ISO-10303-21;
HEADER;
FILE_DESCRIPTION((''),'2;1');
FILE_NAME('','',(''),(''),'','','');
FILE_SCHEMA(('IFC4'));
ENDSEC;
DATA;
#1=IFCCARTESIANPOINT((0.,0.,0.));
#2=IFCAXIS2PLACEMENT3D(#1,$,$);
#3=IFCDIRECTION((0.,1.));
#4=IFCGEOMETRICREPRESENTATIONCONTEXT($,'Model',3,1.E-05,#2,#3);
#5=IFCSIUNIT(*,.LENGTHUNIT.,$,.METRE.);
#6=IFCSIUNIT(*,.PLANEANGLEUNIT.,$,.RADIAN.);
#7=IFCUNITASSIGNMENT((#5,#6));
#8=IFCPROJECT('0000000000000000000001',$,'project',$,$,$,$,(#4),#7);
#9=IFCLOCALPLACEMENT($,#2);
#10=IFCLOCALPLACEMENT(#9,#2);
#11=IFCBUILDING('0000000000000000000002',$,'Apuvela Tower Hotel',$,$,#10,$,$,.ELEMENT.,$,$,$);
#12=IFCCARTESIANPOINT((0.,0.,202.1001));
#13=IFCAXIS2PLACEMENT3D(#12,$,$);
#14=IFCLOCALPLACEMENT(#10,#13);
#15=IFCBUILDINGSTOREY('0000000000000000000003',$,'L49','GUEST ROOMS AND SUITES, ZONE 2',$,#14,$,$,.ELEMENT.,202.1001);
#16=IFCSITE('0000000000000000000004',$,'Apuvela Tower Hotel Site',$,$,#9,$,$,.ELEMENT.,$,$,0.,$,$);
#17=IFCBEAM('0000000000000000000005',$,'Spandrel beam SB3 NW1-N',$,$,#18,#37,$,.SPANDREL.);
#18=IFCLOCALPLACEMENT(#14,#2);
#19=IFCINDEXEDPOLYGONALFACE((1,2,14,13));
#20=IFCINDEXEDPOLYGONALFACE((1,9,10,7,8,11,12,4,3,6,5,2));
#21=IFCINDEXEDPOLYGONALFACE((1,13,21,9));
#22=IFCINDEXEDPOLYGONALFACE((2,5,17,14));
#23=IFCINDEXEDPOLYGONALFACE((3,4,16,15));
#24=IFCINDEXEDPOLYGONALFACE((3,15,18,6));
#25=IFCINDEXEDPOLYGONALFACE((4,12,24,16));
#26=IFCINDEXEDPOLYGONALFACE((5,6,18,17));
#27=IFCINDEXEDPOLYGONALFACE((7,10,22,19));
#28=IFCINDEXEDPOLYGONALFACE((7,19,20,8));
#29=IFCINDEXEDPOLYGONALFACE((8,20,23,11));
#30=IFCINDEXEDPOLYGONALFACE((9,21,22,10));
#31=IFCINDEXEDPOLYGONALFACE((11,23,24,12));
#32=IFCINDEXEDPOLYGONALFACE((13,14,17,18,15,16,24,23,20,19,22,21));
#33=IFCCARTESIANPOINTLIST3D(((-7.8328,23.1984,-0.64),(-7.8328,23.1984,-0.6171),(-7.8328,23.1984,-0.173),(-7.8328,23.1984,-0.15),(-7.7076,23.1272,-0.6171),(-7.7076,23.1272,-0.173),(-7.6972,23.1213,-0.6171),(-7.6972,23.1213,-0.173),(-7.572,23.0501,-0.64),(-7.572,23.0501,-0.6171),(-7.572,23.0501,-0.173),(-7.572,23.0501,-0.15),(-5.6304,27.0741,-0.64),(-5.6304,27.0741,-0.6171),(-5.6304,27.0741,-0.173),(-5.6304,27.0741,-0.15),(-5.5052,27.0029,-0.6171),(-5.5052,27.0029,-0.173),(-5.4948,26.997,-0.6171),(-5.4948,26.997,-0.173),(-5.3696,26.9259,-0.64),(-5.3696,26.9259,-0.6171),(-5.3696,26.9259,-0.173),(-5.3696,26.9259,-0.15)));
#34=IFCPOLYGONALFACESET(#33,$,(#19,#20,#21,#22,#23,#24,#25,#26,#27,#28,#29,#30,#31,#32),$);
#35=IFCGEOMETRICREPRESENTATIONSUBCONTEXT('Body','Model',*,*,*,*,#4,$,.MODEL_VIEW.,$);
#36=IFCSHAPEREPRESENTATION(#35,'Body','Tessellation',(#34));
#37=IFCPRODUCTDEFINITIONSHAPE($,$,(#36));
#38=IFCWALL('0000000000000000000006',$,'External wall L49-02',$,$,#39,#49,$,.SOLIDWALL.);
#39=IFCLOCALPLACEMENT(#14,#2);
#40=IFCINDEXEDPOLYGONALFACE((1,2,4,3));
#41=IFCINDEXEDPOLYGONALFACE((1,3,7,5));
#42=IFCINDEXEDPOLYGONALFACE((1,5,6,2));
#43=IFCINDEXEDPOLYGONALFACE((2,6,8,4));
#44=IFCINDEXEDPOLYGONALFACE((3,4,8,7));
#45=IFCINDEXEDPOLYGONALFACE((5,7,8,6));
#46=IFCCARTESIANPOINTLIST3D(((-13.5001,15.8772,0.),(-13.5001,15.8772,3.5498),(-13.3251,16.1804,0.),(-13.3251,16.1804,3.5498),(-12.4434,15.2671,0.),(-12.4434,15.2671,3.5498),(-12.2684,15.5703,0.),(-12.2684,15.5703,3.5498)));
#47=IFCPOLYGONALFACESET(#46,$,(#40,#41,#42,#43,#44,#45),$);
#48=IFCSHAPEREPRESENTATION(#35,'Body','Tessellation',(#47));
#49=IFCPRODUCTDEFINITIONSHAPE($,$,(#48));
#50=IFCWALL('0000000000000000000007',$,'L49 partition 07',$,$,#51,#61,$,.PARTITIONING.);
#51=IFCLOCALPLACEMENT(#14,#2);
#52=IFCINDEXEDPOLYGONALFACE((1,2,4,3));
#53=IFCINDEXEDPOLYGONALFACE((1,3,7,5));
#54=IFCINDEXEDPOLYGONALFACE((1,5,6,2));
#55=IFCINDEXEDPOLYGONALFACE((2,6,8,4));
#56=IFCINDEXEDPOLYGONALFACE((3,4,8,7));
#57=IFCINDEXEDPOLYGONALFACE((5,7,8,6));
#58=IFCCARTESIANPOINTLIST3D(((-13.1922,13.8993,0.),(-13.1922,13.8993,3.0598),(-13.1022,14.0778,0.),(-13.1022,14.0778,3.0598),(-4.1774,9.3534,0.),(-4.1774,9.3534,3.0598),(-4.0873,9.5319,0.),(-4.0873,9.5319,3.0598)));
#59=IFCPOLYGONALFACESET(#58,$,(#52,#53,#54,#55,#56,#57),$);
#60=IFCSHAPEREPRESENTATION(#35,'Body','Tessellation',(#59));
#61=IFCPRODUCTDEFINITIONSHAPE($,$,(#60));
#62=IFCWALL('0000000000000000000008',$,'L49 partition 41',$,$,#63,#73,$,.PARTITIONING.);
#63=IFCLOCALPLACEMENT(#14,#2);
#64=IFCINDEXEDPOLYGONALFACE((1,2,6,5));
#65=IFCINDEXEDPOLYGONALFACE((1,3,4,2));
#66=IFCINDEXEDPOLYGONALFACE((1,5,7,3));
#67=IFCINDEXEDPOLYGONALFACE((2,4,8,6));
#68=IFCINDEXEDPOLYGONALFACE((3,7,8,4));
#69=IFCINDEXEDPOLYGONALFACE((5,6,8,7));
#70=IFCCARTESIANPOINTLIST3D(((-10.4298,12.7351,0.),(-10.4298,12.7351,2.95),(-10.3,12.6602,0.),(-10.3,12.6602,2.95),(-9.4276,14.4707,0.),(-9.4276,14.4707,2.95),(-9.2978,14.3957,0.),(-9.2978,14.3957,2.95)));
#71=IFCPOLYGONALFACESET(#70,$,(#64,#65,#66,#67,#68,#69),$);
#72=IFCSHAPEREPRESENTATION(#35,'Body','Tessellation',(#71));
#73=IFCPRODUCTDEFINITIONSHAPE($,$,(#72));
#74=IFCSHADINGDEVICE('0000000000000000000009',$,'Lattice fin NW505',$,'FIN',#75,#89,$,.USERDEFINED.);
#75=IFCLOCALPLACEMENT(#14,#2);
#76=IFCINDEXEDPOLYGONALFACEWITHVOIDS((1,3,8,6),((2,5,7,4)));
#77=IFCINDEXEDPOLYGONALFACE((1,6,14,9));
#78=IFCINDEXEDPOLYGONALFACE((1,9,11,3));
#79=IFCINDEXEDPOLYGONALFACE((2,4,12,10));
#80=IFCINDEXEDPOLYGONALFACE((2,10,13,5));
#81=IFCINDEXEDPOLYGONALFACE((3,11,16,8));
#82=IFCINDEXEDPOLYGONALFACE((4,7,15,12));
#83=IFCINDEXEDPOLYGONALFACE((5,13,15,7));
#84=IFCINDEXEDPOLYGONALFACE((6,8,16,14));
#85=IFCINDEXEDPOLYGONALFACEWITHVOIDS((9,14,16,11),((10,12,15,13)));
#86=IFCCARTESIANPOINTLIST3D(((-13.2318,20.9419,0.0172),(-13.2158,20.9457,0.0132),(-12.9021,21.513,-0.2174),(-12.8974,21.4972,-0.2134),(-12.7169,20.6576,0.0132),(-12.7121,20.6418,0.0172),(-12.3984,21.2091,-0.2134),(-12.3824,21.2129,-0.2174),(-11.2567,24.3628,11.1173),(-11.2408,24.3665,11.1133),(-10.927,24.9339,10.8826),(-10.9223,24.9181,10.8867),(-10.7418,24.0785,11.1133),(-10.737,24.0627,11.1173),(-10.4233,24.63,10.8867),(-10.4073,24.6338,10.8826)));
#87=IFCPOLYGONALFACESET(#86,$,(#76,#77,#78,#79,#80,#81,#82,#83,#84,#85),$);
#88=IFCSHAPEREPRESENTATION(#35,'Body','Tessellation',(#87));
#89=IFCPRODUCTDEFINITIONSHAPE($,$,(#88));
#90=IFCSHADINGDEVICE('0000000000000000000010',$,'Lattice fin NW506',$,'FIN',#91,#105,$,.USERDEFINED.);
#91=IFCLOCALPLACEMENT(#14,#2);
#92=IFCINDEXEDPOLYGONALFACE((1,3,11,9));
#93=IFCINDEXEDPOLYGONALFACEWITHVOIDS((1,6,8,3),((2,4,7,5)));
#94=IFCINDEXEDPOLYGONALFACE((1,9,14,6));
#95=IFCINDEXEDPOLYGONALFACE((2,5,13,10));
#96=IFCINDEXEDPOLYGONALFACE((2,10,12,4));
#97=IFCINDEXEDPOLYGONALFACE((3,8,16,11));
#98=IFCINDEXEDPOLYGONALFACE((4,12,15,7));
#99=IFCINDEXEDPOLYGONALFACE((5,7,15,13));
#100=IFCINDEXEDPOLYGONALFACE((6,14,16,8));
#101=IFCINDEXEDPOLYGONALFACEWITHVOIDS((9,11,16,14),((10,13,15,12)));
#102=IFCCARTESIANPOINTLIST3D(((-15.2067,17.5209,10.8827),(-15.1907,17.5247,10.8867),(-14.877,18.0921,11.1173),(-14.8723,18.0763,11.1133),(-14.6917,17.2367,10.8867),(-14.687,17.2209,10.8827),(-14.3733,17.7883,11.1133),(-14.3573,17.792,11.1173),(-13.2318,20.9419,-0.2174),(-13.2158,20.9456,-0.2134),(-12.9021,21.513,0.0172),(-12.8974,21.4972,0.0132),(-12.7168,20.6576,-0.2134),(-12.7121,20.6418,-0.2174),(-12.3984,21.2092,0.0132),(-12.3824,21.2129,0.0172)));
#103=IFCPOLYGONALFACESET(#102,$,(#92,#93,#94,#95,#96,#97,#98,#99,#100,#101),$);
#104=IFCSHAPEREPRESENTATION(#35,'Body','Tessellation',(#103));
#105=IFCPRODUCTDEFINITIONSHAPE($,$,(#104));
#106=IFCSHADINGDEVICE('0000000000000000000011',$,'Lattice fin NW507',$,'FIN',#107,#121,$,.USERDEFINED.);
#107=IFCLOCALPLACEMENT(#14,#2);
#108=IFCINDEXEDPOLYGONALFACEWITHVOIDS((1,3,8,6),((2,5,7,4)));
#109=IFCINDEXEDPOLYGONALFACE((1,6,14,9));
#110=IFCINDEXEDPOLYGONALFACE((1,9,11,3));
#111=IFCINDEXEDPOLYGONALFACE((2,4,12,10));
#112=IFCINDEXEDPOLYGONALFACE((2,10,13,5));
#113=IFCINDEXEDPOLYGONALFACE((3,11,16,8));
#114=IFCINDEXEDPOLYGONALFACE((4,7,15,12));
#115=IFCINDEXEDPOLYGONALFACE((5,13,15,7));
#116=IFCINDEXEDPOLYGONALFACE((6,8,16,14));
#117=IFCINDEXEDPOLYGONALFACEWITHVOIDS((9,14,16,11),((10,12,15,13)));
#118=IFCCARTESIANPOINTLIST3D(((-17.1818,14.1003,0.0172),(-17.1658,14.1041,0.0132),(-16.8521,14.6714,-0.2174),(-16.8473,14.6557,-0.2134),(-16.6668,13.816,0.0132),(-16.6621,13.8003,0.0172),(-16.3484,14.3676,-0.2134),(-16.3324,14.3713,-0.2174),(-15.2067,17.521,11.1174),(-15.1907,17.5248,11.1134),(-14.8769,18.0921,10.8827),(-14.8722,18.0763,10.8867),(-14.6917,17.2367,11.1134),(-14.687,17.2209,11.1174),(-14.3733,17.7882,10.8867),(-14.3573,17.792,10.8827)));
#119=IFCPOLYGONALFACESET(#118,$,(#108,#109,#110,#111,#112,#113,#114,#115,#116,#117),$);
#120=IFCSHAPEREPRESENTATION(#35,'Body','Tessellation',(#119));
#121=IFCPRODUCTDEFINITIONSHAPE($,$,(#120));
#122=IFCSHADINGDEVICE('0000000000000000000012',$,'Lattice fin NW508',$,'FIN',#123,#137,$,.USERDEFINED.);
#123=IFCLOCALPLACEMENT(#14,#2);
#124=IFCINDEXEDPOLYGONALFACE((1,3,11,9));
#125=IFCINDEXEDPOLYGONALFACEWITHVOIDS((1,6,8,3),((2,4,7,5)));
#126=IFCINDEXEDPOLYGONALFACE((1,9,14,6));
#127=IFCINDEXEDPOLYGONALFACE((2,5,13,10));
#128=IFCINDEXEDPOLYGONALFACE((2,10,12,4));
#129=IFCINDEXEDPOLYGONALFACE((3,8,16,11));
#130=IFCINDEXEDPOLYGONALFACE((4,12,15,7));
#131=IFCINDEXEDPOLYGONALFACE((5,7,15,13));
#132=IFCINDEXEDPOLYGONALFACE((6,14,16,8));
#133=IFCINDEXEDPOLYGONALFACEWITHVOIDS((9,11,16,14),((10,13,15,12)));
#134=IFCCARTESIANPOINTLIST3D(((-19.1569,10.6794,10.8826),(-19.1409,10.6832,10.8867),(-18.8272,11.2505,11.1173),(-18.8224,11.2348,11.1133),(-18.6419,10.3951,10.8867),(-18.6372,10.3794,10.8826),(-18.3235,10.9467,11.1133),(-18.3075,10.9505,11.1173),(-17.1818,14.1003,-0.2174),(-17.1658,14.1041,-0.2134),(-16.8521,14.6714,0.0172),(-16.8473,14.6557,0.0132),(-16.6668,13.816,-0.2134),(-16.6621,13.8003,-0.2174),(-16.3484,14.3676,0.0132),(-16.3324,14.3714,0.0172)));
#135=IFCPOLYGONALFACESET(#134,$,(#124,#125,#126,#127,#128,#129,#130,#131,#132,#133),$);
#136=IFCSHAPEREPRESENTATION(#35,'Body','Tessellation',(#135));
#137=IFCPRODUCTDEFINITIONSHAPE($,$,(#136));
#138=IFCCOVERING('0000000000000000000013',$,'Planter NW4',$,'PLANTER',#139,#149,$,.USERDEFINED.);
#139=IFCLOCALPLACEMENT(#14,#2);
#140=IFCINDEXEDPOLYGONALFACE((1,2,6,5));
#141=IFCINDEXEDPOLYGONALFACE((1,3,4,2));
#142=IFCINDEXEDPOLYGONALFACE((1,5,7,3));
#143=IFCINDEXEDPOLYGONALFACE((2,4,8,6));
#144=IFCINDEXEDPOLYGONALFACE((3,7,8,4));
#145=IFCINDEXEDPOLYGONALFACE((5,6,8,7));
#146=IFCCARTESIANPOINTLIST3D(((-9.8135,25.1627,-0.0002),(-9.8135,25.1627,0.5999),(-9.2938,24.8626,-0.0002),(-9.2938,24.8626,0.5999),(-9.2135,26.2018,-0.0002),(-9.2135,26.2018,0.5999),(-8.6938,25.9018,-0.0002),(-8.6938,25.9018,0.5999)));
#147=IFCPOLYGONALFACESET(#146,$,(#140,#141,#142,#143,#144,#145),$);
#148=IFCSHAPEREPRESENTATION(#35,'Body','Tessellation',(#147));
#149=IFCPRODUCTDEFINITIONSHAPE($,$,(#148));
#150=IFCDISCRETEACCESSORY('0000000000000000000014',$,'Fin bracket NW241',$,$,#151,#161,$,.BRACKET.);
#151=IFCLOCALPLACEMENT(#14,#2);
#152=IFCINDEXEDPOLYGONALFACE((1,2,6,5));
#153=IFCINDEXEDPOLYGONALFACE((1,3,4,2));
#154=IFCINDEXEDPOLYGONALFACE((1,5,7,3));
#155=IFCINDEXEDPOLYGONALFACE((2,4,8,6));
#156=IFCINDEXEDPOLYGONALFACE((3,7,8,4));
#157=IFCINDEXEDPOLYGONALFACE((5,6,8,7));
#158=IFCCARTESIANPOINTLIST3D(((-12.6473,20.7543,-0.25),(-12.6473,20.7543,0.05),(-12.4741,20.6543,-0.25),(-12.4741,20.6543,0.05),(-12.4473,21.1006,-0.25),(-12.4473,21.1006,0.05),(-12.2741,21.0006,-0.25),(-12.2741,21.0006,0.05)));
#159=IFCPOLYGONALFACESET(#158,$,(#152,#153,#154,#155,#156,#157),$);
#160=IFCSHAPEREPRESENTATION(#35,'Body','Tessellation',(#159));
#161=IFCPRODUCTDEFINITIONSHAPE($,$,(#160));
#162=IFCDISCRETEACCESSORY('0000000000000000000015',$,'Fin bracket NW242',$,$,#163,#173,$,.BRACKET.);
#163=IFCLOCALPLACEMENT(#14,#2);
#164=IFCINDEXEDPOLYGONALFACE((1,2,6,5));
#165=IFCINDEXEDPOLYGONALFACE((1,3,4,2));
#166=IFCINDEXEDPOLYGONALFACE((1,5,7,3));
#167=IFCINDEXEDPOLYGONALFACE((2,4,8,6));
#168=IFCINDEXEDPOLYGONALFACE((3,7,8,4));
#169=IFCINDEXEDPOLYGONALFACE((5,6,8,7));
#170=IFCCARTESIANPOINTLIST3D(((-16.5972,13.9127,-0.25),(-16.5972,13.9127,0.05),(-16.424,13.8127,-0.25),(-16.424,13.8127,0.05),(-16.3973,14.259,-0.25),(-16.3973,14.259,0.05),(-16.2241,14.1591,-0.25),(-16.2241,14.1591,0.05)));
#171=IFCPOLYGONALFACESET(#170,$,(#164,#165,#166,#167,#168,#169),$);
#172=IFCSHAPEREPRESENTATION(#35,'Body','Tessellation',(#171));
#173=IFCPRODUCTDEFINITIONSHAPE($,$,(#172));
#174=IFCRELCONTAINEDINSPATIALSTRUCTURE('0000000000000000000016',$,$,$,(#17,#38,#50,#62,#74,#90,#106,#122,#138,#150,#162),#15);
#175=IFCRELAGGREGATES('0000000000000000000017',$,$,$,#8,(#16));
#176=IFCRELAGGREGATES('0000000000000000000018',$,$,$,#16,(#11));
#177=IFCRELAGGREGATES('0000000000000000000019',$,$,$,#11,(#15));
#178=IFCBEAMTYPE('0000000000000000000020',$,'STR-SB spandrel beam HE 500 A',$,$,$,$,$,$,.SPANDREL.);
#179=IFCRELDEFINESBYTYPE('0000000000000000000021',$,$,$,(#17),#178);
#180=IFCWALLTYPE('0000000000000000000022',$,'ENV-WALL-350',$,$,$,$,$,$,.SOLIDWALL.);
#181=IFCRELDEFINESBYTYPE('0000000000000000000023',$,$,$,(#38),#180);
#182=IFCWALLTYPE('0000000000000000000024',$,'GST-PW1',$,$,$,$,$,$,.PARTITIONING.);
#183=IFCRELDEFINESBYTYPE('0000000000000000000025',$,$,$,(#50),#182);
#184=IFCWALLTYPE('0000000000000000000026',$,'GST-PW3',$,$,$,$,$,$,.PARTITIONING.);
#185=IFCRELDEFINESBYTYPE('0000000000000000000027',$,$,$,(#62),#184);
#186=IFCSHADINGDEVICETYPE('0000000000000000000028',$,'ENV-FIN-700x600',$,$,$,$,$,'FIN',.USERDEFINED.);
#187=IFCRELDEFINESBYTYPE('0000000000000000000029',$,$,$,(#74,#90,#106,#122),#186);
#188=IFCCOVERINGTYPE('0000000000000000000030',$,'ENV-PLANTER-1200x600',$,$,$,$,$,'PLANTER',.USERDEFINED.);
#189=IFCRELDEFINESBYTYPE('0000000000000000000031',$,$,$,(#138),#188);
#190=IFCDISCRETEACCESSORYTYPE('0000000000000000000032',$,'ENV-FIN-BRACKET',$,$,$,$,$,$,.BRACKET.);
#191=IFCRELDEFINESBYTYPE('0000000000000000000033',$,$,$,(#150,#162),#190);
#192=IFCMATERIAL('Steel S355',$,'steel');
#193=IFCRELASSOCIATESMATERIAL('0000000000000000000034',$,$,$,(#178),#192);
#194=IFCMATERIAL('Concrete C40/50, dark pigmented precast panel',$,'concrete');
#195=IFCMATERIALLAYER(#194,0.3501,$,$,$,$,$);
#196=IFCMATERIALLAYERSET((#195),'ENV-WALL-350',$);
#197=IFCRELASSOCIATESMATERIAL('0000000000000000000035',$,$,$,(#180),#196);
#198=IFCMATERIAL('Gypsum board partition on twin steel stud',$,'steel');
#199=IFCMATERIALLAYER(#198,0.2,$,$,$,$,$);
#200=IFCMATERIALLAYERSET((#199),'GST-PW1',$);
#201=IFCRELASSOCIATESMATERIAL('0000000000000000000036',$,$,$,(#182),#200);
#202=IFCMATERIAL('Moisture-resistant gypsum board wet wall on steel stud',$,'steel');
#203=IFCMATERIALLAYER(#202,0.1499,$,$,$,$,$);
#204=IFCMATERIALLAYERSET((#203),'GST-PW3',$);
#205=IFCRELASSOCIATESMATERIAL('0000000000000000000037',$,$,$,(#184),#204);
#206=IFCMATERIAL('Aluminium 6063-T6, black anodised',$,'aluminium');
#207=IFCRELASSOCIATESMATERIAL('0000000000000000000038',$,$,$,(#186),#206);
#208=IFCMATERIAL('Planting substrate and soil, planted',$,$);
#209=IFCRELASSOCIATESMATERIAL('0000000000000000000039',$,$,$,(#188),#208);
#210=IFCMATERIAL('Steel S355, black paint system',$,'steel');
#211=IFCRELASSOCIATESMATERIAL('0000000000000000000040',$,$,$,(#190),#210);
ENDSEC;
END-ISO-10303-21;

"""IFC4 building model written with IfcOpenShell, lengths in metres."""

from ifc_helpers import new_model, si_unit, direction, frame, frame_2d, origin, origin_2d, place, context, subcontext, project, spatial, rectangle, hollow_rectangle, i_section, extrude, material, layer, layer_set, material_profile, profile_set, type_object, element, save


model = new_model("IFC4")

# Units and contexts
model_context = context("Model", 3, precision=1e-05, world=origin(), true_north=direction((0.0, 1.0)))
body_context = subcontext(model_context, "Body", "Model", "MODEL_VIEW")
ifc_project = project(units=[si_unit("LENGTHUNIT", "METRE"), si_unit("PLANEANGLEUNIT", "RADIAN")], contexts=[model_context])

# Site, building, storey
site_placement = place(None, origin())
site = spatial("IfcSite", under=ifc_project, at=site_placement, Name="Apuvela Tower Hotel Site", CompositionType="ELEMENT", RefElevation=0.0)
building_placement = place(site_placement, origin())
building = spatial("IfcBuilding", under=site, at=building_placement, Name="Apuvela Tower Hotel", CompositionType="ELEMENT")
storey_placement = place(building_placement, frame((0.0, 0.0, 202.1001)))
storey = spatial("IfcBuildingStorey", under=building, at=storey_placement, Name="L49", Description="GUEST ROOMS AND SUITES, ZONE 2", CompositionType="ELEMENT", Elevation=202.1001)

# Beam
ifc_material_1 = material(Name="Steel S355", Category="steel")
ifc_material_profile_1 = material_profile(ifc_material_1, i_section(OverallWidth=0.3, OverallDepth=0.49, WebThickness=0.012, FlangeThickness=0.0229, at=origin_2d()), Name="HE 500 A")
ifc_profile_set_1 = profile_set([ifc_material_profile_1], Name="Steel S355")
beam_type_1 = type_object("IfcBeamType", Name="STR-SB spandrel beam HE 500 A", PredefinedType="SPANDREL", material=ifc_profile_set_1)
beam_1_placement = place(storey_placement, frame((-7.7024, 23.1243, -0.395), z_axis=(0.494056, 0.86943, 0.0), x_axis=(-0.86943, 0.494056, 0.0)))
element("IfcBeam", 1, at=beam_1_placement, inside=storey, type_object=beam_type_1, Name="Spandrel beam SB3 NW1-N", PredefinedType="SPANDREL", context=body_context, shape_type="SweptSolid", body=[
    extrude(i_section(OverallWidth=0.3, OverallDepth=0.49, WebThickness=0.012, FlangeThickness=0.0229, at=origin_2d()), origin(), (0.0, 0.0, 1.0), 4.4578),
])

# Wall
ifc_material_2 = material(Name="Concrete C40/50, dark pigmented precast panel", Category="concrete")
ifc_layer_1 = layer(ifc_material_2, 0.3501)
ifc_layer_set_1 = layer_set([ifc_layer_1], Name="ENV-WALL-350")
wall_type_1 = type_object("IfcWallType", Name="ENV-WALL-350", PredefinedType="SOLIDWALL", material=ifc_layer_set_1)
wall_1_placement = place(storey_placement, frame((-13.4126, 16.0288, 0.0), z_axis=(0.0, 0.0, 1.0), x_axis=(0.866006, -0.500034, 0.0)))
element("IfcWall", 2, at=wall_1_placement, inside=storey, type_object=wall_type_1, Name="External wall L49-02", PredefinedType="SOLIDWALL", context=body_context, shape_type="SweptSolid", body=[
    extrude(rectangle(XDim=1.2202, YDim=0.3501, at=frame_2d((0.6101, 0.0))), origin(), (0.0, 0.0, 1.0), 3.5498),
])

# Walls
ifc_material_3 = material(Name="Gypsum board partition on twin steel stud", Category="steel")
ifc_layer_2 = layer(ifc_material_3, 0.2)
ifc_layer_set_2 = layer_set([ifc_layer_2], Name="GST-PW1")
wall_type_2 = type_object("IfcWallType", Name="GST-PW1", PredefinedType="PARTITIONING", material=ifc_layer_set_2)
wall_2_placement = place(storey_placement, frame((-13.1472, 13.9885, 0.0), z_axis=(0.0, 0.0, 1.0), x_axis=(0.892899, -0.450258, 0.0)))
element("IfcWall", 3, at=wall_2_placement, inside=storey, type_object=wall_type_2, Name="L49 partition 07", PredefinedType="PARTITIONING", context=body_context, shape_type="SweptSolid", body=[
    extrude(rectangle(XDim=10.0962, YDim=0.2, at=frame_2d((5.0481, 0.0))), origin(), (0.0, 0.0, 1.0), 3.0598),
])
ifc_material_4 = material(Name="Moisture-resistant gypsum board wet wall on steel stud", Category="steel")
ifc_layer_3 = layer(ifc_material_4, 0.1499)
ifc_layer_set_3 = layer_set([ifc_layer_3], Name="GST-PW3")
wall_type_3 = type_object("IfcWallType", Name="GST-PW3", PredefinedType="PARTITIONING", material=ifc_layer_set_3)
wall_3_placement = place(storey_placement, frame((-9.3628, 14.4331, 0.0), z_axis=(0.0, 0.0, 1.0), x_axis=(-0.500056, -0.865993, 0.0)))
element("IfcWall", 4, at=wall_3_placement, inside=storey, type_object=wall_type_3, Name="L49 partition 41", PredefinedType="PARTITIONING", context=body_context, shape_type="SweptSolid", body=[
    extrude(rectangle(XDim=2.0042, YDim=0.1499, at=frame_2d((1.002, 0.0))), origin(), (0.0, 0.0, 1.0), 2.95),
])

# Shading devices
ifc_material_5 = material(Name="Aluminium 6063-T6, black anodised", Category="aluminium")
ifc_material_profile_2 = material_profile(ifc_material_5, hollow_rectangle(XDim=0.6001, YDim=0.7, WallThickness=0.012, at=origin_2d()), Name="AL BOX 700x600x12")
ifc_profile_set_2 = profile_set([ifc_material_profile_2], Name="Aluminium 6063-T6, black anodised")
shading_device_type = type_object("IfcShadingDeviceType", Name="ENV-FIN-700x600", ElementType="FIN", PredefinedType="USERDEFINED", material=ifc_profile_set_2)
for number, where, z_axis, x_axis, name in (
    (5, (-12.8071, 21.0774, -0.1001), (0.167637, 0.290349, 0.942123), (-0.866021, 0.500008, 0.0), "Lattice fin NW505"),
    (6, (-12.8071, 21.0774, -0.1001), (-0.167617, -0.29035, 0.942126), (0.866048, -0.499961, 0.0), "Lattice fin NW506"),
    (7, (-16.7571, 14.2358, -0.1001), (0.167638, 0.29033, 0.942128), (-0.866005, 0.500035, 0.0), "Lattice fin NW507"),
    (8, (-16.7571, 14.2358, -0.1001), (-0.167637, -0.290349, 0.942123), (0.866021, -0.500008, 0.0), "Lattice fin NW508"),
):
    element("IfcShadingDevice", number, at=place(storey_placement, frame(where, z_axis=z_axis, x_axis=x_axis)), inside=storey, type_object=shading_device_type, Name=name, ObjectType="FIN", PredefinedType="USERDEFINED", context=body_context, shape_type="SweptSolid", body=[
        extrude(hollow_rectangle(XDim=0.6001, YDim=0.7, WallThickness=0.012, at=origin_2d()), origin(), (0.0, 0.0, 1.0), 11.782),
    ])

# Covering
ifc_material_6 = material(Name="Planting substrate and soil, planted")
covering_type = type_object("IfcCoveringType", Name="ENV-PLANTER-1200x600", ElementType="PLANTER", PredefinedType="USERDEFINED", material=ifc_material_6)
covering_placement = place(storey_placement, frame((-9.2537, 25.5322, -0.0002), z_axis=(0.0, 0.0, 1.0), x_axis=(-0.5, -0.866025, 0.0)))
element("IfcCovering", 9, at=covering_placement, inside=storey, type_object=covering_type, Name="Planter NW4", ObjectType="PLANTER", PredefinedType="USERDEFINED", context=body_context, shape_type="SweptSolid", body=[
    extrude(rectangle(XDim=1.2, YDim=0.6001, at=origin_2d()), origin(), (0.0, 0.0, 1.0), 0.6001),
])

# Discrete accessories
ifc_material_7 = material(Name="Steel S355, black paint system", Category="steel")
discrete_accessory_type = type_object("IfcDiscreteAccessoryType", Name="ENV-FIN-BRACKET", PredefinedType="BRACKET", material=ifc_material_7)
for number, where, z_axis, x_axis, name in (
    (10, (-12.4607, 20.8774, -0.25), (0.0, 0.0, 1.0), (-0.5, -0.866025, 0.0), "Fin bracket NW241"),
    (11, (-16.4106, 14.0359, -0.25), (0.0, 0.0, 1.0), (-0.5, -0.866025, 0.0), "Fin bracket NW242"),
):
    element("IfcDiscreteAccessory", number, at=place(storey_placement, frame(where, z_axis=z_axis, x_axis=x_axis)), inside=storey, type_object=discrete_accessory_type, Name=name, PredefinedType="BRACKET", context=body_context, shape_type="SweptSolid", body=[
        extrude(rectangle(XDim=0.3999, YDim=0.2, at=origin_2d()), origin(), (0.0, 0.0, 1.0), 0.3),
    ])

save(model, "model.ifc")
